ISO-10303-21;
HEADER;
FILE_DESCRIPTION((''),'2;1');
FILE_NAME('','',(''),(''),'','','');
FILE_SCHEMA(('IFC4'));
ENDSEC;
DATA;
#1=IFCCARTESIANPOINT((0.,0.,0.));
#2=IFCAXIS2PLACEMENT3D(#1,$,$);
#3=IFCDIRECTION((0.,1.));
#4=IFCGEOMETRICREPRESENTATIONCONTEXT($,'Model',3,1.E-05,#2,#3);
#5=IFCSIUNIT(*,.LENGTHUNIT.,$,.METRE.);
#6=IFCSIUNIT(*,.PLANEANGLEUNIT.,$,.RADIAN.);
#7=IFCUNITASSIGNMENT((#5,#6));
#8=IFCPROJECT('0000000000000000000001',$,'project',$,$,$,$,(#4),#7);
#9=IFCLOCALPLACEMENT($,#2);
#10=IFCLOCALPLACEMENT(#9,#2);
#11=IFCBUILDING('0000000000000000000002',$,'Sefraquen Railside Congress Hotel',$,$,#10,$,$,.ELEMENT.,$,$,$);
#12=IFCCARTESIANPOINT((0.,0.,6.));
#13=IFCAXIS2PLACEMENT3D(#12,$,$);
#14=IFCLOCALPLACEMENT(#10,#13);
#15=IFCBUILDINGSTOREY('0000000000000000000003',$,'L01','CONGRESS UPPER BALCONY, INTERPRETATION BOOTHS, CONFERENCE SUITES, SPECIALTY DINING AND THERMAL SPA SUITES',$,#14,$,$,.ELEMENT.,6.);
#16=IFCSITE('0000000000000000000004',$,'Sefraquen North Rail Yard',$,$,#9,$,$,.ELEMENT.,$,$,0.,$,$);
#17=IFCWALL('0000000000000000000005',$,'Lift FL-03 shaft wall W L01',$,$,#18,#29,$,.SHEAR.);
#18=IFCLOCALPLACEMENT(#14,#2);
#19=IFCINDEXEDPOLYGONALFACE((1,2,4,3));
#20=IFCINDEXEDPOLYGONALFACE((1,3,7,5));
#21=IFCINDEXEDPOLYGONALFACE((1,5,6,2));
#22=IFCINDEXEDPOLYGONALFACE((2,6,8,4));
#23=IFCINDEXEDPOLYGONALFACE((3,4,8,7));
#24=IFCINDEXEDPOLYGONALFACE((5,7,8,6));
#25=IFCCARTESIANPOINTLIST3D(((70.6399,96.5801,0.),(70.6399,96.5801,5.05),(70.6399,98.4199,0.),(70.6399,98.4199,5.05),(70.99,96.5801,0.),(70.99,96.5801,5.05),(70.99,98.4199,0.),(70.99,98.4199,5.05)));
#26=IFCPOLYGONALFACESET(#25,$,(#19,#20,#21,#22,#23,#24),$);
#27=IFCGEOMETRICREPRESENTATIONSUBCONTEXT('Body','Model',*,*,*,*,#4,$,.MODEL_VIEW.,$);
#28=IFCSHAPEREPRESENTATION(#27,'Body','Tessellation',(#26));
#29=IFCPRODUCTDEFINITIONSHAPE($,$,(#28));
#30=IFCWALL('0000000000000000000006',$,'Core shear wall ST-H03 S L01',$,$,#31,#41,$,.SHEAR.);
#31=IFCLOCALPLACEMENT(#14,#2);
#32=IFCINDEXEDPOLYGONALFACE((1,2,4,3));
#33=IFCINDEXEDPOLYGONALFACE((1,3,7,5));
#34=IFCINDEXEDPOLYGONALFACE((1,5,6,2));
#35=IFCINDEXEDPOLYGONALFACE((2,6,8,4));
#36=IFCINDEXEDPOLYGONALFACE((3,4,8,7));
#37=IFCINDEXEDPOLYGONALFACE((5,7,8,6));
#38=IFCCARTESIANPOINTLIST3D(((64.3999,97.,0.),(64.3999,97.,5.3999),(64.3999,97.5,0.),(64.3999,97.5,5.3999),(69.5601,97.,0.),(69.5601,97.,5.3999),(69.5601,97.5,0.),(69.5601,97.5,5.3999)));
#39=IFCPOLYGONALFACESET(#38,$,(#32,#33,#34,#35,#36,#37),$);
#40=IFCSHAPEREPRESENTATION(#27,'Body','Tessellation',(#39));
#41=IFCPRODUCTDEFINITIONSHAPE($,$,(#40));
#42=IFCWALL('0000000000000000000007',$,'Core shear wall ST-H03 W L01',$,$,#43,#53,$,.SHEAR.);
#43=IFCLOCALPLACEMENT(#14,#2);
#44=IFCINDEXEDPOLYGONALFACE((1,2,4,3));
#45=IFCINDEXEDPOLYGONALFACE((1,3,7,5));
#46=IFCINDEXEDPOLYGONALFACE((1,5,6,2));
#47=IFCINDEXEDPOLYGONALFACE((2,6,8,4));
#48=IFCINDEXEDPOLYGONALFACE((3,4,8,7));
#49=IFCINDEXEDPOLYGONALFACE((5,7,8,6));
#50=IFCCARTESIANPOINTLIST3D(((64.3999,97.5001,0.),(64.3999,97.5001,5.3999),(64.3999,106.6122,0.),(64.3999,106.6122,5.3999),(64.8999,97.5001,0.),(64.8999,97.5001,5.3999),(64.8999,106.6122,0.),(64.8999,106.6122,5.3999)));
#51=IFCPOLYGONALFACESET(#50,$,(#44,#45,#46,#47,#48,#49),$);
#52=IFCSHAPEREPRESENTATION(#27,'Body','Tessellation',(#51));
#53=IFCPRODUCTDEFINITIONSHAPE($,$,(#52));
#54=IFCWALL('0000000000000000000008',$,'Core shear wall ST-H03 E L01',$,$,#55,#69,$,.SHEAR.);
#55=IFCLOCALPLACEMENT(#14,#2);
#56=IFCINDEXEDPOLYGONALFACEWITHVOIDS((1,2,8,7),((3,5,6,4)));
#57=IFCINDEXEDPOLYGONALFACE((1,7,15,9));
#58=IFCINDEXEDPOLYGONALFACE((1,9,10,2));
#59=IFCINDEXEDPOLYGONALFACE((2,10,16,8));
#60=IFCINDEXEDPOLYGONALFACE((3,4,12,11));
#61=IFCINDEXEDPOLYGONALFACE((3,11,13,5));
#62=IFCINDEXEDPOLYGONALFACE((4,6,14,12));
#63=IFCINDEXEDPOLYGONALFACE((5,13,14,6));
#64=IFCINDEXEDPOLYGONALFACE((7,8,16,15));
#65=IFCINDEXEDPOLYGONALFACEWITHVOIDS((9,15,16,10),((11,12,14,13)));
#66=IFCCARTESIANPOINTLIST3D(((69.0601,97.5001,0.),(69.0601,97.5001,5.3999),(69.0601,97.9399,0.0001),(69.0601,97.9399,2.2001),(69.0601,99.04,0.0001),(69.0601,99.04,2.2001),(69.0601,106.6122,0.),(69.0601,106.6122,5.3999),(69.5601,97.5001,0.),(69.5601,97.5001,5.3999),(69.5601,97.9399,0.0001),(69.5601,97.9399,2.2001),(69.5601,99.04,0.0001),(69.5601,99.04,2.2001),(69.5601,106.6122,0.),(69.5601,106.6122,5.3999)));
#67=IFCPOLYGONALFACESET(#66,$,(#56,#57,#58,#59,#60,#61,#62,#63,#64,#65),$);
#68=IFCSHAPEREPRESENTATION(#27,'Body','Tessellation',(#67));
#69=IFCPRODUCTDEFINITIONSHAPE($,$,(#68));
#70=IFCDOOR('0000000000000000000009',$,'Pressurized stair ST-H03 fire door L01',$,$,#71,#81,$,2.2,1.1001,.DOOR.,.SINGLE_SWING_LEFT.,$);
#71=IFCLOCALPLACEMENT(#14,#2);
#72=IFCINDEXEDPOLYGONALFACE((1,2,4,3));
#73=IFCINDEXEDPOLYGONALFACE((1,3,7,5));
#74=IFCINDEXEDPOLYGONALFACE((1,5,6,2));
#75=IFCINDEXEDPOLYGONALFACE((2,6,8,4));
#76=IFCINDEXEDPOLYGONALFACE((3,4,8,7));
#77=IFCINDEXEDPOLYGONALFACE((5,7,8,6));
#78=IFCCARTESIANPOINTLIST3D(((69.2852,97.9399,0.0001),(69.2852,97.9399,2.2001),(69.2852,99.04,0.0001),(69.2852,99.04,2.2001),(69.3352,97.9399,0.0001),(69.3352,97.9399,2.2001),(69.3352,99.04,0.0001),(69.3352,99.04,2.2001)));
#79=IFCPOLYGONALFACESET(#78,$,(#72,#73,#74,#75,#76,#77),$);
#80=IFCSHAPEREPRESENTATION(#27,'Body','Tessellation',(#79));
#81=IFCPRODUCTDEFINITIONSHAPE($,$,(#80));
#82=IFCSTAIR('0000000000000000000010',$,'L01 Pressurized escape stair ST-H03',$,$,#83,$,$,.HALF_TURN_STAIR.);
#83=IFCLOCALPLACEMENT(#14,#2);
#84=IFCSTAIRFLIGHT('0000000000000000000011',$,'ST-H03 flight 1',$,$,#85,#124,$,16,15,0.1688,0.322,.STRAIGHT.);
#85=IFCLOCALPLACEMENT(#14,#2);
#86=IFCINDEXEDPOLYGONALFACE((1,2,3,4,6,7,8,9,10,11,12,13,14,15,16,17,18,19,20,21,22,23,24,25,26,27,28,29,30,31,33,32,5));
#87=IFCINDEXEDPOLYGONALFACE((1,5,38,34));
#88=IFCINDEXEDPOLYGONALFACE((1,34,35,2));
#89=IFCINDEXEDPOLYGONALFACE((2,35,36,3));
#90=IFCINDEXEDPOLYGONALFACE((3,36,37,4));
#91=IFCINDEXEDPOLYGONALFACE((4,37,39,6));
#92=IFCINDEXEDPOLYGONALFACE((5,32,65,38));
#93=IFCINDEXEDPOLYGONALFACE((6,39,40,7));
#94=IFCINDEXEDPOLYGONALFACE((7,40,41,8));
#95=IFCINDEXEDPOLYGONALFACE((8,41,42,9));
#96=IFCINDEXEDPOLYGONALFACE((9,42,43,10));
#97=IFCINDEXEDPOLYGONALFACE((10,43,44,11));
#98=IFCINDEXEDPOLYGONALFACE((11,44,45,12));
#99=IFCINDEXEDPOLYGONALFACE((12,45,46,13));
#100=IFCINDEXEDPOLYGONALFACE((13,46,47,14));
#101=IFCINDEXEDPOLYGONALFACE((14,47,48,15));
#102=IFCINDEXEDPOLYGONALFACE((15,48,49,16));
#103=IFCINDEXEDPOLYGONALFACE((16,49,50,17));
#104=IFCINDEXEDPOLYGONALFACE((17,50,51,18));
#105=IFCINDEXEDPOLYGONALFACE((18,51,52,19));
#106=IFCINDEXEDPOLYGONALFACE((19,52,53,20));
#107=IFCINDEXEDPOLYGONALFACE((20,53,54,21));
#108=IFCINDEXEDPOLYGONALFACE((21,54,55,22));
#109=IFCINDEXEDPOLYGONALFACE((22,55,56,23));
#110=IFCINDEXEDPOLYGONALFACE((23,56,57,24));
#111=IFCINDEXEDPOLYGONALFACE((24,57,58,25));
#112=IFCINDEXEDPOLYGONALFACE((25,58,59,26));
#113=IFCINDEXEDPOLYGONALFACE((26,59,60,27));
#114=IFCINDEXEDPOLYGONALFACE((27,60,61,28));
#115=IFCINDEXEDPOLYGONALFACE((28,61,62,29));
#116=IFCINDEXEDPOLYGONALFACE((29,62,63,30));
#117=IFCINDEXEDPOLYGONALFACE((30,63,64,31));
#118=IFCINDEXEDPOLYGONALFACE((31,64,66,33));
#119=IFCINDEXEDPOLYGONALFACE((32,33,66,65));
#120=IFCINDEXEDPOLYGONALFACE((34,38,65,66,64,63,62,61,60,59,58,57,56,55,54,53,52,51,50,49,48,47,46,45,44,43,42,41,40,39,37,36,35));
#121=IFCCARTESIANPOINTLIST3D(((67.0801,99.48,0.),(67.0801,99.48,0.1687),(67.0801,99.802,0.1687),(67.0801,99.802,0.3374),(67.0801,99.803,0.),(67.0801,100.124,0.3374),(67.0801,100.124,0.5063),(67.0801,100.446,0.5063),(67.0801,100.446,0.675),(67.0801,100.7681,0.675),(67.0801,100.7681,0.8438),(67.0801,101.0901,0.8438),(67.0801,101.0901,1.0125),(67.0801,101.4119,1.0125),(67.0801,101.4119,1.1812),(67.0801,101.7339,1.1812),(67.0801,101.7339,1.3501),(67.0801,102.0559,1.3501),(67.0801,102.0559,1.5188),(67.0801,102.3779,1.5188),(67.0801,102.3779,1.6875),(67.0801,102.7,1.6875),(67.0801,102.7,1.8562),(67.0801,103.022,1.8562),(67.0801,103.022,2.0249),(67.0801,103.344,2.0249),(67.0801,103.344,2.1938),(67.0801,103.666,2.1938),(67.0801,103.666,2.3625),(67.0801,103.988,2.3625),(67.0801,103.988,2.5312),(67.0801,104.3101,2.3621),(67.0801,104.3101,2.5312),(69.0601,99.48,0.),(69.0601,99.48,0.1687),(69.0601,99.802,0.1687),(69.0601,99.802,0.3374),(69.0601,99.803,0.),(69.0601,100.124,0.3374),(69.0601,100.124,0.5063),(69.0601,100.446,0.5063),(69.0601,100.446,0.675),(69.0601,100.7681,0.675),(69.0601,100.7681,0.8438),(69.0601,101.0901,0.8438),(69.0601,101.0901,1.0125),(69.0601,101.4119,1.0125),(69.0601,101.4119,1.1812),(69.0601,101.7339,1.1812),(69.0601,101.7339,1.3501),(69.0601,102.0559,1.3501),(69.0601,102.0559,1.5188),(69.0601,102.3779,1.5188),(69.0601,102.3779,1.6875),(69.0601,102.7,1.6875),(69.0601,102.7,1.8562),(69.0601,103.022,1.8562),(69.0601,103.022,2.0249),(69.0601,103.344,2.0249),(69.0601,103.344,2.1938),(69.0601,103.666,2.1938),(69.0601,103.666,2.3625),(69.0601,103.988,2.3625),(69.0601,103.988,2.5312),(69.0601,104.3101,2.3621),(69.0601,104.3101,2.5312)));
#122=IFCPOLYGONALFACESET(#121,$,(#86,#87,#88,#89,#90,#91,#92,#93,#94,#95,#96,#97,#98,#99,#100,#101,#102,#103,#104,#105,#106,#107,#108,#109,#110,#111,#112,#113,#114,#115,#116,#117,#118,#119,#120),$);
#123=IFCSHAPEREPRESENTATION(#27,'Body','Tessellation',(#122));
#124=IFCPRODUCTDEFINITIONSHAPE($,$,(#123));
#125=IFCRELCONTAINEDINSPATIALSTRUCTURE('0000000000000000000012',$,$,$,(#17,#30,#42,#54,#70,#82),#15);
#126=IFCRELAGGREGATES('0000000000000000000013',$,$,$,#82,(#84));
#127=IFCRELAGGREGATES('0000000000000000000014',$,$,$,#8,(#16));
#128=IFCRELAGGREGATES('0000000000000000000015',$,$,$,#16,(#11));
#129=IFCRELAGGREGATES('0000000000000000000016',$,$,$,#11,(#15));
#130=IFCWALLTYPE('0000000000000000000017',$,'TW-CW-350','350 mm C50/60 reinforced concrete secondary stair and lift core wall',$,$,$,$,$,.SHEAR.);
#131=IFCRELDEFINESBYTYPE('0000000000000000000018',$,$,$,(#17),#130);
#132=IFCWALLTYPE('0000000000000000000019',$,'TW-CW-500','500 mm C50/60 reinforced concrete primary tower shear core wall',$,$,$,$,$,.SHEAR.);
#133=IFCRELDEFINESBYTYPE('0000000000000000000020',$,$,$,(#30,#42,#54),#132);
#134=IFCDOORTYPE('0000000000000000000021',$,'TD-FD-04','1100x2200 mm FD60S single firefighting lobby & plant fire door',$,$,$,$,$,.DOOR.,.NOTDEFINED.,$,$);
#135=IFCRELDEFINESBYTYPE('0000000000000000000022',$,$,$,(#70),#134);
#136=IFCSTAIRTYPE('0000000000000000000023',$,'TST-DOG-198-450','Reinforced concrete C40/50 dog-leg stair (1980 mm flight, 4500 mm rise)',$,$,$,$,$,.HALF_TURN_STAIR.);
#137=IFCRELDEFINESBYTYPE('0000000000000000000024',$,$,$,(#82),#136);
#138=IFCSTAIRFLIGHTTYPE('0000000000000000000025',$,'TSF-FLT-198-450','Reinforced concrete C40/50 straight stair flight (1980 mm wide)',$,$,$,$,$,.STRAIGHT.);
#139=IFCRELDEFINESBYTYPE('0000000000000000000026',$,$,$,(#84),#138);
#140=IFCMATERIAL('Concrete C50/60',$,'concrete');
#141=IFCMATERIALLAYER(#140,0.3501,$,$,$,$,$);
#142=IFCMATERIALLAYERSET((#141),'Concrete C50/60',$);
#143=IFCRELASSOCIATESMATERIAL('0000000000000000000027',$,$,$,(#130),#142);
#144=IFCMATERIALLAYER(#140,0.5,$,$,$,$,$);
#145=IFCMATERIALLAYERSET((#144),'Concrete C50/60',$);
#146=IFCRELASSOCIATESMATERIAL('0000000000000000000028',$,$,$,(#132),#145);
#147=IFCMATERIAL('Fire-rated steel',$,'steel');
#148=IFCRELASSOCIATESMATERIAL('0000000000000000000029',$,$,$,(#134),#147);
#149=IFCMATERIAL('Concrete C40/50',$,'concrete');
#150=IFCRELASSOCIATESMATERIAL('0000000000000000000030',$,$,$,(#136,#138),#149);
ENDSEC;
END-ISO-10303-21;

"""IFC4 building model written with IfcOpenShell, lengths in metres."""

from ifc_helpers import new_model, si_unit, direction, frame, frame_2d, origin, place, context, subcontext, project, spatial, polyline, rectangle, outline, extrude, material, layer, layer_set, type_object, element, fill, aggregate, save


model = new_model("IFC4")

# Units and contexts
model_context = context("Model", 3, precision=1e-05, world=origin(), true_north=direction((0.0, 1.0)))
body_context = subcontext(model_context, "Body", "Model", "MODEL_VIEW")
ifc_project = project(units=[si_unit("LENGTHUNIT", "METRE"), si_unit("PLANEANGLEUNIT", "RADIAN")], contexts=[model_context])

# Site, building, storey
site_placement = place(None, origin())
site = spatial("IfcSite", under=ifc_project, at=site_placement, Name="Sefraquen North Rail Yard", CompositionType="ELEMENT", RefElevation=0.0)
building_placement = place(site_placement, origin())
building = spatial("IfcBuilding", under=site, at=building_placement, Name="Sefraquen Railside Congress Hotel", CompositionType="ELEMENT")
storey_placement = place(building_placement, frame((0.0, 0.0, 6.0)))
storey = spatial("IfcBuildingStorey", under=building, at=storey_placement, Name="L01", Description="CONGRESS UPPER BALCONY, INTERPRETATION BOOTHS, CONFERENCE SUITES, SPECIALTY DINING AND THERMAL SPA SUITES", CompositionType="ELEMENT", Elevation=6.0)

# Shared definitions
ifc_material_1 = material(Name="Concrete C50/60", Category="concrete")
ifc_layer_1 = layer(ifc_material_1, 0.3501)
ifc_layer_set_1 = layer_set([ifc_layer_1], Name="Concrete C50/60")
wall_type_1 = type_object("IfcWallType", Name="TW-CW-350", Description="350 mm C50/60 reinforced concrete secondary stair and lift core wall", PredefinedType="SHEAR", material=ifc_layer_set_1)

# Walls
wall_1_placement = place(storey_placement, frame((70.8149, 96.5801, 0.0), z_axis=(0.0, 0.0, 1.0), x_axis=(0.0, 1.0, 0.0)))
element("IfcWall", 1, at=wall_1_placement, inside=storey, type_object=wall_type_1, Name="Lift FL-03 shaft wall W L01", PredefinedType="SHEAR", context=body_context, shape_type="SweptSolid", body=[
    extrude(rectangle(XDim=1.8398, YDim=0.3501, at=frame_2d((0.9199, 0.0))), origin(), (0.0, 0.0, 1.0), 5.05),
])
ifc_layer_2 = layer(ifc_material_1, 0.5)
ifc_layer_set_2 = layer_set([ifc_layer_2], Name="Concrete C50/60")
wall_type_2 = type_object("IfcWallType", Name="TW-CW-500", Description="500 mm C50/60 reinforced concrete primary tower shear core wall", PredefinedType="SHEAR", material=ifc_layer_set_2)
wall_2_placement = place(storey_placement, frame((64.3999, 97.25, 0.0), z_axis=(0.0, 0.0, 1.0), x_axis=(1.0, 0.0, 0.0)))
element("IfcWall", 2, at=wall_2_placement, inside=storey, type_object=wall_type_2, Name="Core shear wall ST-H03 S L01", PredefinedType="SHEAR", context=body_context, shape_type="SweptSolid", body=[
    extrude(rectangle(XDim=5.1602, YDim=0.5, at=frame_2d((2.5801, 0.0))), origin(), (0.0, 0.0, 1.0), 5.3999),
])
wall_3_placement = place(storey_placement, frame((64.6499, 97.5, 0.0), z_axis=(0.0, 0.0, 1.0), x_axis=(0.0, 1.0, 0.0)))
element("IfcWall", 3, at=wall_3_placement, inside=storey, type_object=wall_type_2, Name="Core shear wall ST-H03 W L01", PredefinedType="SHEAR", context=body_context, shape_type="SweptSolid", body=[
    extrude(rectangle(XDim=9.1121, YDim=0.5, at=frame_2d((4.5562, 0.0))), origin(), (0.0, 0.0, 1.0), 5.3999),
])

# Wall, opening, door
wall_4_placement = place(storey_placement, frame((69.3101, 97.5, 0.0), z_axis=(0.0, 0.0, 1.0), x_axis=(0.0, 1.0, 0.0)))
wall_4 = element("IfcWall", 4, at=wall_4_placement, inside=storey, type_object=wall_type_2, Name="Core shear wall ST-H03 E L01", PredefinedType="SHEAR", context=body_context, shape_type="SweptSolid", body=[
    extrude(rectangle(XDim=9.1121, YDim=0.5, at=frame_2d((4.5562, 0.0))), origin(), (0.0, 0.0, 1.0), 5.3999),
])
opening_1_placement = place(wall_4_placement, frame((0.4399, 0.0, 0.0)))
opening_1 = element("IfcOpeningElement", 5, at=opening_1_placement, cuts=wall_4, PredefinedType="OPENING", context=body_context, shape_type="SweptSolid", body=[
    extrude(rectangle(XDim=1.1001, YDim=2.2, at=frame_2d((0.55, 1.1001))), frame((0.0, 0.26, 0.0), z_axis=(0.0, -1.0, 0.0), x_axis=(1.0, 0.0, 0.0)), (0.0, 0.0, 1.0), 0.52),
])
ifc_material_2 = material(Name="Fire-rated steel", Category="steel")
door_type_1 = type_object("IfcDoorType", Name="TD-FD-04", Description="1100x2200 mm FD60S single firefighting lobby & plant fire door", OperationType="NOTDEFINED", PredefinedType="DOOR", material=ifc_material_2)
door_1_placement = place(opening_1_placement, origin())
door_1 = element("IfcDoor", 6, at=door_1_placement, inside=storey, type_object=door_type_1, Name="Pressurized stair ST-H03 fire door L01", OperationType="SINGLE_SWING_LEFT", OverallHeight=2.2, OverallWidth=1.1001, PredefinedType="DOOR", context=body_context, shape_type="SweptSolid", body=[
    extrude(rectangle(XDim=1.1001, YDim=2.2, at=frame_2d((0.55, 1.1001))), frame((0.0, 0.0249, 0.0), z_axis=(0.0, -1.0, 0.0), x_axis=(1.0, 0.0, 0.0)), (0.0, 0.0, 1.0), 0.05),
])
fill(opening_1, door_1)

# Stair, stair flight
ifc_material_3 = material(Name="Concrete C40/50", Category="concrete")
stair_type = type_object("IfcStairType", Name="TST-DOG-198-450", Description="Reinforced concrete C40/50 dog-leg stair (1980 mm flight, 4500 mm rise)", PredefinedType="HALF_TURN_STAIR", material=ifc_material_3)
stair_placement = place(storey_placement, origin())
stair = element("IfcStair", 7, at=stair_placement, inside=storey, type_object=stair_type, Name="L01 Pressurized escape stair ST-H03", PredefinedType="HALF_TURN_STAIR")
stair_flight_type = type_object("IfcStairFlightType", Name="TSF-FLT-198-450", Description="Reinforced concrete C40/50 straight stair flight (1980 mm wide)", PredefinedType="STRAIGHT", material=ifc_material_3)
stair_flight_placement = place(storey_placement, frame((68.0701, 99.48, 0.0), z_axis=(0.0, 0.0, 1.0), x_axis=(0.0, 1.0, 0.0)))
stair_flight = element("IfcStairFlight", 8, at=stair_flight_placement, type_object=stair_flight_type, Name="ST-H03 flight 1", NumberOfRisers=16, NumberOfTreads=15, PredefinedType="STRAIGHT", RiserHeight=0.1688, TreadLength=0.322, context=body_context, shape_type="SweptSolid", body=[
    extrude(outline(polyline([(0.0, 0.0), (0.0, 0.1687), (0.322, 0.1687), (0.322, 0.3374), (0.644, 0.3374), (0.644, 0.5063), (0.9661, 0.5063), (0.9661, 0.675), (1.2881, 0.675), (1.2881, 0.8438), (1.6101, 0.8438), (1.6101, 1.0125), (1.9319, 1.0125), (1.9319, 1.1812), (2.2539, 1.1812), (2.2539, 1.3501), (2.5759, 1.3501), (2.5759, 1.5188), (2.8979, 1.5188), (2.8979, 1.6875), (3.22, 1.6875), (3.22, 1.8562), (3.542, 1.8562), (3.542, 2.0249), (3.864, 2.0249), (3.864, 2.1938), (4.186, 2.1938), (4.186, 2.3625), (4.5081, 2.3625), (4.5081, 2.5312), (4.8301, 2.5312), (4.8301, 2.7), (4.8301, 2.3621), (0.323, 0.0), (0.0, 0.0)])), frame((0.0, 0.99, 0.0), z_axis=(0.0, -1.0, 0.0), x_axis=(1.0, 0.0, 0.0)), (0.0, 0.0, 1.0), 1.98),
])
aggregate(stair, [stair_flight])

save(model, "model.ifc")
